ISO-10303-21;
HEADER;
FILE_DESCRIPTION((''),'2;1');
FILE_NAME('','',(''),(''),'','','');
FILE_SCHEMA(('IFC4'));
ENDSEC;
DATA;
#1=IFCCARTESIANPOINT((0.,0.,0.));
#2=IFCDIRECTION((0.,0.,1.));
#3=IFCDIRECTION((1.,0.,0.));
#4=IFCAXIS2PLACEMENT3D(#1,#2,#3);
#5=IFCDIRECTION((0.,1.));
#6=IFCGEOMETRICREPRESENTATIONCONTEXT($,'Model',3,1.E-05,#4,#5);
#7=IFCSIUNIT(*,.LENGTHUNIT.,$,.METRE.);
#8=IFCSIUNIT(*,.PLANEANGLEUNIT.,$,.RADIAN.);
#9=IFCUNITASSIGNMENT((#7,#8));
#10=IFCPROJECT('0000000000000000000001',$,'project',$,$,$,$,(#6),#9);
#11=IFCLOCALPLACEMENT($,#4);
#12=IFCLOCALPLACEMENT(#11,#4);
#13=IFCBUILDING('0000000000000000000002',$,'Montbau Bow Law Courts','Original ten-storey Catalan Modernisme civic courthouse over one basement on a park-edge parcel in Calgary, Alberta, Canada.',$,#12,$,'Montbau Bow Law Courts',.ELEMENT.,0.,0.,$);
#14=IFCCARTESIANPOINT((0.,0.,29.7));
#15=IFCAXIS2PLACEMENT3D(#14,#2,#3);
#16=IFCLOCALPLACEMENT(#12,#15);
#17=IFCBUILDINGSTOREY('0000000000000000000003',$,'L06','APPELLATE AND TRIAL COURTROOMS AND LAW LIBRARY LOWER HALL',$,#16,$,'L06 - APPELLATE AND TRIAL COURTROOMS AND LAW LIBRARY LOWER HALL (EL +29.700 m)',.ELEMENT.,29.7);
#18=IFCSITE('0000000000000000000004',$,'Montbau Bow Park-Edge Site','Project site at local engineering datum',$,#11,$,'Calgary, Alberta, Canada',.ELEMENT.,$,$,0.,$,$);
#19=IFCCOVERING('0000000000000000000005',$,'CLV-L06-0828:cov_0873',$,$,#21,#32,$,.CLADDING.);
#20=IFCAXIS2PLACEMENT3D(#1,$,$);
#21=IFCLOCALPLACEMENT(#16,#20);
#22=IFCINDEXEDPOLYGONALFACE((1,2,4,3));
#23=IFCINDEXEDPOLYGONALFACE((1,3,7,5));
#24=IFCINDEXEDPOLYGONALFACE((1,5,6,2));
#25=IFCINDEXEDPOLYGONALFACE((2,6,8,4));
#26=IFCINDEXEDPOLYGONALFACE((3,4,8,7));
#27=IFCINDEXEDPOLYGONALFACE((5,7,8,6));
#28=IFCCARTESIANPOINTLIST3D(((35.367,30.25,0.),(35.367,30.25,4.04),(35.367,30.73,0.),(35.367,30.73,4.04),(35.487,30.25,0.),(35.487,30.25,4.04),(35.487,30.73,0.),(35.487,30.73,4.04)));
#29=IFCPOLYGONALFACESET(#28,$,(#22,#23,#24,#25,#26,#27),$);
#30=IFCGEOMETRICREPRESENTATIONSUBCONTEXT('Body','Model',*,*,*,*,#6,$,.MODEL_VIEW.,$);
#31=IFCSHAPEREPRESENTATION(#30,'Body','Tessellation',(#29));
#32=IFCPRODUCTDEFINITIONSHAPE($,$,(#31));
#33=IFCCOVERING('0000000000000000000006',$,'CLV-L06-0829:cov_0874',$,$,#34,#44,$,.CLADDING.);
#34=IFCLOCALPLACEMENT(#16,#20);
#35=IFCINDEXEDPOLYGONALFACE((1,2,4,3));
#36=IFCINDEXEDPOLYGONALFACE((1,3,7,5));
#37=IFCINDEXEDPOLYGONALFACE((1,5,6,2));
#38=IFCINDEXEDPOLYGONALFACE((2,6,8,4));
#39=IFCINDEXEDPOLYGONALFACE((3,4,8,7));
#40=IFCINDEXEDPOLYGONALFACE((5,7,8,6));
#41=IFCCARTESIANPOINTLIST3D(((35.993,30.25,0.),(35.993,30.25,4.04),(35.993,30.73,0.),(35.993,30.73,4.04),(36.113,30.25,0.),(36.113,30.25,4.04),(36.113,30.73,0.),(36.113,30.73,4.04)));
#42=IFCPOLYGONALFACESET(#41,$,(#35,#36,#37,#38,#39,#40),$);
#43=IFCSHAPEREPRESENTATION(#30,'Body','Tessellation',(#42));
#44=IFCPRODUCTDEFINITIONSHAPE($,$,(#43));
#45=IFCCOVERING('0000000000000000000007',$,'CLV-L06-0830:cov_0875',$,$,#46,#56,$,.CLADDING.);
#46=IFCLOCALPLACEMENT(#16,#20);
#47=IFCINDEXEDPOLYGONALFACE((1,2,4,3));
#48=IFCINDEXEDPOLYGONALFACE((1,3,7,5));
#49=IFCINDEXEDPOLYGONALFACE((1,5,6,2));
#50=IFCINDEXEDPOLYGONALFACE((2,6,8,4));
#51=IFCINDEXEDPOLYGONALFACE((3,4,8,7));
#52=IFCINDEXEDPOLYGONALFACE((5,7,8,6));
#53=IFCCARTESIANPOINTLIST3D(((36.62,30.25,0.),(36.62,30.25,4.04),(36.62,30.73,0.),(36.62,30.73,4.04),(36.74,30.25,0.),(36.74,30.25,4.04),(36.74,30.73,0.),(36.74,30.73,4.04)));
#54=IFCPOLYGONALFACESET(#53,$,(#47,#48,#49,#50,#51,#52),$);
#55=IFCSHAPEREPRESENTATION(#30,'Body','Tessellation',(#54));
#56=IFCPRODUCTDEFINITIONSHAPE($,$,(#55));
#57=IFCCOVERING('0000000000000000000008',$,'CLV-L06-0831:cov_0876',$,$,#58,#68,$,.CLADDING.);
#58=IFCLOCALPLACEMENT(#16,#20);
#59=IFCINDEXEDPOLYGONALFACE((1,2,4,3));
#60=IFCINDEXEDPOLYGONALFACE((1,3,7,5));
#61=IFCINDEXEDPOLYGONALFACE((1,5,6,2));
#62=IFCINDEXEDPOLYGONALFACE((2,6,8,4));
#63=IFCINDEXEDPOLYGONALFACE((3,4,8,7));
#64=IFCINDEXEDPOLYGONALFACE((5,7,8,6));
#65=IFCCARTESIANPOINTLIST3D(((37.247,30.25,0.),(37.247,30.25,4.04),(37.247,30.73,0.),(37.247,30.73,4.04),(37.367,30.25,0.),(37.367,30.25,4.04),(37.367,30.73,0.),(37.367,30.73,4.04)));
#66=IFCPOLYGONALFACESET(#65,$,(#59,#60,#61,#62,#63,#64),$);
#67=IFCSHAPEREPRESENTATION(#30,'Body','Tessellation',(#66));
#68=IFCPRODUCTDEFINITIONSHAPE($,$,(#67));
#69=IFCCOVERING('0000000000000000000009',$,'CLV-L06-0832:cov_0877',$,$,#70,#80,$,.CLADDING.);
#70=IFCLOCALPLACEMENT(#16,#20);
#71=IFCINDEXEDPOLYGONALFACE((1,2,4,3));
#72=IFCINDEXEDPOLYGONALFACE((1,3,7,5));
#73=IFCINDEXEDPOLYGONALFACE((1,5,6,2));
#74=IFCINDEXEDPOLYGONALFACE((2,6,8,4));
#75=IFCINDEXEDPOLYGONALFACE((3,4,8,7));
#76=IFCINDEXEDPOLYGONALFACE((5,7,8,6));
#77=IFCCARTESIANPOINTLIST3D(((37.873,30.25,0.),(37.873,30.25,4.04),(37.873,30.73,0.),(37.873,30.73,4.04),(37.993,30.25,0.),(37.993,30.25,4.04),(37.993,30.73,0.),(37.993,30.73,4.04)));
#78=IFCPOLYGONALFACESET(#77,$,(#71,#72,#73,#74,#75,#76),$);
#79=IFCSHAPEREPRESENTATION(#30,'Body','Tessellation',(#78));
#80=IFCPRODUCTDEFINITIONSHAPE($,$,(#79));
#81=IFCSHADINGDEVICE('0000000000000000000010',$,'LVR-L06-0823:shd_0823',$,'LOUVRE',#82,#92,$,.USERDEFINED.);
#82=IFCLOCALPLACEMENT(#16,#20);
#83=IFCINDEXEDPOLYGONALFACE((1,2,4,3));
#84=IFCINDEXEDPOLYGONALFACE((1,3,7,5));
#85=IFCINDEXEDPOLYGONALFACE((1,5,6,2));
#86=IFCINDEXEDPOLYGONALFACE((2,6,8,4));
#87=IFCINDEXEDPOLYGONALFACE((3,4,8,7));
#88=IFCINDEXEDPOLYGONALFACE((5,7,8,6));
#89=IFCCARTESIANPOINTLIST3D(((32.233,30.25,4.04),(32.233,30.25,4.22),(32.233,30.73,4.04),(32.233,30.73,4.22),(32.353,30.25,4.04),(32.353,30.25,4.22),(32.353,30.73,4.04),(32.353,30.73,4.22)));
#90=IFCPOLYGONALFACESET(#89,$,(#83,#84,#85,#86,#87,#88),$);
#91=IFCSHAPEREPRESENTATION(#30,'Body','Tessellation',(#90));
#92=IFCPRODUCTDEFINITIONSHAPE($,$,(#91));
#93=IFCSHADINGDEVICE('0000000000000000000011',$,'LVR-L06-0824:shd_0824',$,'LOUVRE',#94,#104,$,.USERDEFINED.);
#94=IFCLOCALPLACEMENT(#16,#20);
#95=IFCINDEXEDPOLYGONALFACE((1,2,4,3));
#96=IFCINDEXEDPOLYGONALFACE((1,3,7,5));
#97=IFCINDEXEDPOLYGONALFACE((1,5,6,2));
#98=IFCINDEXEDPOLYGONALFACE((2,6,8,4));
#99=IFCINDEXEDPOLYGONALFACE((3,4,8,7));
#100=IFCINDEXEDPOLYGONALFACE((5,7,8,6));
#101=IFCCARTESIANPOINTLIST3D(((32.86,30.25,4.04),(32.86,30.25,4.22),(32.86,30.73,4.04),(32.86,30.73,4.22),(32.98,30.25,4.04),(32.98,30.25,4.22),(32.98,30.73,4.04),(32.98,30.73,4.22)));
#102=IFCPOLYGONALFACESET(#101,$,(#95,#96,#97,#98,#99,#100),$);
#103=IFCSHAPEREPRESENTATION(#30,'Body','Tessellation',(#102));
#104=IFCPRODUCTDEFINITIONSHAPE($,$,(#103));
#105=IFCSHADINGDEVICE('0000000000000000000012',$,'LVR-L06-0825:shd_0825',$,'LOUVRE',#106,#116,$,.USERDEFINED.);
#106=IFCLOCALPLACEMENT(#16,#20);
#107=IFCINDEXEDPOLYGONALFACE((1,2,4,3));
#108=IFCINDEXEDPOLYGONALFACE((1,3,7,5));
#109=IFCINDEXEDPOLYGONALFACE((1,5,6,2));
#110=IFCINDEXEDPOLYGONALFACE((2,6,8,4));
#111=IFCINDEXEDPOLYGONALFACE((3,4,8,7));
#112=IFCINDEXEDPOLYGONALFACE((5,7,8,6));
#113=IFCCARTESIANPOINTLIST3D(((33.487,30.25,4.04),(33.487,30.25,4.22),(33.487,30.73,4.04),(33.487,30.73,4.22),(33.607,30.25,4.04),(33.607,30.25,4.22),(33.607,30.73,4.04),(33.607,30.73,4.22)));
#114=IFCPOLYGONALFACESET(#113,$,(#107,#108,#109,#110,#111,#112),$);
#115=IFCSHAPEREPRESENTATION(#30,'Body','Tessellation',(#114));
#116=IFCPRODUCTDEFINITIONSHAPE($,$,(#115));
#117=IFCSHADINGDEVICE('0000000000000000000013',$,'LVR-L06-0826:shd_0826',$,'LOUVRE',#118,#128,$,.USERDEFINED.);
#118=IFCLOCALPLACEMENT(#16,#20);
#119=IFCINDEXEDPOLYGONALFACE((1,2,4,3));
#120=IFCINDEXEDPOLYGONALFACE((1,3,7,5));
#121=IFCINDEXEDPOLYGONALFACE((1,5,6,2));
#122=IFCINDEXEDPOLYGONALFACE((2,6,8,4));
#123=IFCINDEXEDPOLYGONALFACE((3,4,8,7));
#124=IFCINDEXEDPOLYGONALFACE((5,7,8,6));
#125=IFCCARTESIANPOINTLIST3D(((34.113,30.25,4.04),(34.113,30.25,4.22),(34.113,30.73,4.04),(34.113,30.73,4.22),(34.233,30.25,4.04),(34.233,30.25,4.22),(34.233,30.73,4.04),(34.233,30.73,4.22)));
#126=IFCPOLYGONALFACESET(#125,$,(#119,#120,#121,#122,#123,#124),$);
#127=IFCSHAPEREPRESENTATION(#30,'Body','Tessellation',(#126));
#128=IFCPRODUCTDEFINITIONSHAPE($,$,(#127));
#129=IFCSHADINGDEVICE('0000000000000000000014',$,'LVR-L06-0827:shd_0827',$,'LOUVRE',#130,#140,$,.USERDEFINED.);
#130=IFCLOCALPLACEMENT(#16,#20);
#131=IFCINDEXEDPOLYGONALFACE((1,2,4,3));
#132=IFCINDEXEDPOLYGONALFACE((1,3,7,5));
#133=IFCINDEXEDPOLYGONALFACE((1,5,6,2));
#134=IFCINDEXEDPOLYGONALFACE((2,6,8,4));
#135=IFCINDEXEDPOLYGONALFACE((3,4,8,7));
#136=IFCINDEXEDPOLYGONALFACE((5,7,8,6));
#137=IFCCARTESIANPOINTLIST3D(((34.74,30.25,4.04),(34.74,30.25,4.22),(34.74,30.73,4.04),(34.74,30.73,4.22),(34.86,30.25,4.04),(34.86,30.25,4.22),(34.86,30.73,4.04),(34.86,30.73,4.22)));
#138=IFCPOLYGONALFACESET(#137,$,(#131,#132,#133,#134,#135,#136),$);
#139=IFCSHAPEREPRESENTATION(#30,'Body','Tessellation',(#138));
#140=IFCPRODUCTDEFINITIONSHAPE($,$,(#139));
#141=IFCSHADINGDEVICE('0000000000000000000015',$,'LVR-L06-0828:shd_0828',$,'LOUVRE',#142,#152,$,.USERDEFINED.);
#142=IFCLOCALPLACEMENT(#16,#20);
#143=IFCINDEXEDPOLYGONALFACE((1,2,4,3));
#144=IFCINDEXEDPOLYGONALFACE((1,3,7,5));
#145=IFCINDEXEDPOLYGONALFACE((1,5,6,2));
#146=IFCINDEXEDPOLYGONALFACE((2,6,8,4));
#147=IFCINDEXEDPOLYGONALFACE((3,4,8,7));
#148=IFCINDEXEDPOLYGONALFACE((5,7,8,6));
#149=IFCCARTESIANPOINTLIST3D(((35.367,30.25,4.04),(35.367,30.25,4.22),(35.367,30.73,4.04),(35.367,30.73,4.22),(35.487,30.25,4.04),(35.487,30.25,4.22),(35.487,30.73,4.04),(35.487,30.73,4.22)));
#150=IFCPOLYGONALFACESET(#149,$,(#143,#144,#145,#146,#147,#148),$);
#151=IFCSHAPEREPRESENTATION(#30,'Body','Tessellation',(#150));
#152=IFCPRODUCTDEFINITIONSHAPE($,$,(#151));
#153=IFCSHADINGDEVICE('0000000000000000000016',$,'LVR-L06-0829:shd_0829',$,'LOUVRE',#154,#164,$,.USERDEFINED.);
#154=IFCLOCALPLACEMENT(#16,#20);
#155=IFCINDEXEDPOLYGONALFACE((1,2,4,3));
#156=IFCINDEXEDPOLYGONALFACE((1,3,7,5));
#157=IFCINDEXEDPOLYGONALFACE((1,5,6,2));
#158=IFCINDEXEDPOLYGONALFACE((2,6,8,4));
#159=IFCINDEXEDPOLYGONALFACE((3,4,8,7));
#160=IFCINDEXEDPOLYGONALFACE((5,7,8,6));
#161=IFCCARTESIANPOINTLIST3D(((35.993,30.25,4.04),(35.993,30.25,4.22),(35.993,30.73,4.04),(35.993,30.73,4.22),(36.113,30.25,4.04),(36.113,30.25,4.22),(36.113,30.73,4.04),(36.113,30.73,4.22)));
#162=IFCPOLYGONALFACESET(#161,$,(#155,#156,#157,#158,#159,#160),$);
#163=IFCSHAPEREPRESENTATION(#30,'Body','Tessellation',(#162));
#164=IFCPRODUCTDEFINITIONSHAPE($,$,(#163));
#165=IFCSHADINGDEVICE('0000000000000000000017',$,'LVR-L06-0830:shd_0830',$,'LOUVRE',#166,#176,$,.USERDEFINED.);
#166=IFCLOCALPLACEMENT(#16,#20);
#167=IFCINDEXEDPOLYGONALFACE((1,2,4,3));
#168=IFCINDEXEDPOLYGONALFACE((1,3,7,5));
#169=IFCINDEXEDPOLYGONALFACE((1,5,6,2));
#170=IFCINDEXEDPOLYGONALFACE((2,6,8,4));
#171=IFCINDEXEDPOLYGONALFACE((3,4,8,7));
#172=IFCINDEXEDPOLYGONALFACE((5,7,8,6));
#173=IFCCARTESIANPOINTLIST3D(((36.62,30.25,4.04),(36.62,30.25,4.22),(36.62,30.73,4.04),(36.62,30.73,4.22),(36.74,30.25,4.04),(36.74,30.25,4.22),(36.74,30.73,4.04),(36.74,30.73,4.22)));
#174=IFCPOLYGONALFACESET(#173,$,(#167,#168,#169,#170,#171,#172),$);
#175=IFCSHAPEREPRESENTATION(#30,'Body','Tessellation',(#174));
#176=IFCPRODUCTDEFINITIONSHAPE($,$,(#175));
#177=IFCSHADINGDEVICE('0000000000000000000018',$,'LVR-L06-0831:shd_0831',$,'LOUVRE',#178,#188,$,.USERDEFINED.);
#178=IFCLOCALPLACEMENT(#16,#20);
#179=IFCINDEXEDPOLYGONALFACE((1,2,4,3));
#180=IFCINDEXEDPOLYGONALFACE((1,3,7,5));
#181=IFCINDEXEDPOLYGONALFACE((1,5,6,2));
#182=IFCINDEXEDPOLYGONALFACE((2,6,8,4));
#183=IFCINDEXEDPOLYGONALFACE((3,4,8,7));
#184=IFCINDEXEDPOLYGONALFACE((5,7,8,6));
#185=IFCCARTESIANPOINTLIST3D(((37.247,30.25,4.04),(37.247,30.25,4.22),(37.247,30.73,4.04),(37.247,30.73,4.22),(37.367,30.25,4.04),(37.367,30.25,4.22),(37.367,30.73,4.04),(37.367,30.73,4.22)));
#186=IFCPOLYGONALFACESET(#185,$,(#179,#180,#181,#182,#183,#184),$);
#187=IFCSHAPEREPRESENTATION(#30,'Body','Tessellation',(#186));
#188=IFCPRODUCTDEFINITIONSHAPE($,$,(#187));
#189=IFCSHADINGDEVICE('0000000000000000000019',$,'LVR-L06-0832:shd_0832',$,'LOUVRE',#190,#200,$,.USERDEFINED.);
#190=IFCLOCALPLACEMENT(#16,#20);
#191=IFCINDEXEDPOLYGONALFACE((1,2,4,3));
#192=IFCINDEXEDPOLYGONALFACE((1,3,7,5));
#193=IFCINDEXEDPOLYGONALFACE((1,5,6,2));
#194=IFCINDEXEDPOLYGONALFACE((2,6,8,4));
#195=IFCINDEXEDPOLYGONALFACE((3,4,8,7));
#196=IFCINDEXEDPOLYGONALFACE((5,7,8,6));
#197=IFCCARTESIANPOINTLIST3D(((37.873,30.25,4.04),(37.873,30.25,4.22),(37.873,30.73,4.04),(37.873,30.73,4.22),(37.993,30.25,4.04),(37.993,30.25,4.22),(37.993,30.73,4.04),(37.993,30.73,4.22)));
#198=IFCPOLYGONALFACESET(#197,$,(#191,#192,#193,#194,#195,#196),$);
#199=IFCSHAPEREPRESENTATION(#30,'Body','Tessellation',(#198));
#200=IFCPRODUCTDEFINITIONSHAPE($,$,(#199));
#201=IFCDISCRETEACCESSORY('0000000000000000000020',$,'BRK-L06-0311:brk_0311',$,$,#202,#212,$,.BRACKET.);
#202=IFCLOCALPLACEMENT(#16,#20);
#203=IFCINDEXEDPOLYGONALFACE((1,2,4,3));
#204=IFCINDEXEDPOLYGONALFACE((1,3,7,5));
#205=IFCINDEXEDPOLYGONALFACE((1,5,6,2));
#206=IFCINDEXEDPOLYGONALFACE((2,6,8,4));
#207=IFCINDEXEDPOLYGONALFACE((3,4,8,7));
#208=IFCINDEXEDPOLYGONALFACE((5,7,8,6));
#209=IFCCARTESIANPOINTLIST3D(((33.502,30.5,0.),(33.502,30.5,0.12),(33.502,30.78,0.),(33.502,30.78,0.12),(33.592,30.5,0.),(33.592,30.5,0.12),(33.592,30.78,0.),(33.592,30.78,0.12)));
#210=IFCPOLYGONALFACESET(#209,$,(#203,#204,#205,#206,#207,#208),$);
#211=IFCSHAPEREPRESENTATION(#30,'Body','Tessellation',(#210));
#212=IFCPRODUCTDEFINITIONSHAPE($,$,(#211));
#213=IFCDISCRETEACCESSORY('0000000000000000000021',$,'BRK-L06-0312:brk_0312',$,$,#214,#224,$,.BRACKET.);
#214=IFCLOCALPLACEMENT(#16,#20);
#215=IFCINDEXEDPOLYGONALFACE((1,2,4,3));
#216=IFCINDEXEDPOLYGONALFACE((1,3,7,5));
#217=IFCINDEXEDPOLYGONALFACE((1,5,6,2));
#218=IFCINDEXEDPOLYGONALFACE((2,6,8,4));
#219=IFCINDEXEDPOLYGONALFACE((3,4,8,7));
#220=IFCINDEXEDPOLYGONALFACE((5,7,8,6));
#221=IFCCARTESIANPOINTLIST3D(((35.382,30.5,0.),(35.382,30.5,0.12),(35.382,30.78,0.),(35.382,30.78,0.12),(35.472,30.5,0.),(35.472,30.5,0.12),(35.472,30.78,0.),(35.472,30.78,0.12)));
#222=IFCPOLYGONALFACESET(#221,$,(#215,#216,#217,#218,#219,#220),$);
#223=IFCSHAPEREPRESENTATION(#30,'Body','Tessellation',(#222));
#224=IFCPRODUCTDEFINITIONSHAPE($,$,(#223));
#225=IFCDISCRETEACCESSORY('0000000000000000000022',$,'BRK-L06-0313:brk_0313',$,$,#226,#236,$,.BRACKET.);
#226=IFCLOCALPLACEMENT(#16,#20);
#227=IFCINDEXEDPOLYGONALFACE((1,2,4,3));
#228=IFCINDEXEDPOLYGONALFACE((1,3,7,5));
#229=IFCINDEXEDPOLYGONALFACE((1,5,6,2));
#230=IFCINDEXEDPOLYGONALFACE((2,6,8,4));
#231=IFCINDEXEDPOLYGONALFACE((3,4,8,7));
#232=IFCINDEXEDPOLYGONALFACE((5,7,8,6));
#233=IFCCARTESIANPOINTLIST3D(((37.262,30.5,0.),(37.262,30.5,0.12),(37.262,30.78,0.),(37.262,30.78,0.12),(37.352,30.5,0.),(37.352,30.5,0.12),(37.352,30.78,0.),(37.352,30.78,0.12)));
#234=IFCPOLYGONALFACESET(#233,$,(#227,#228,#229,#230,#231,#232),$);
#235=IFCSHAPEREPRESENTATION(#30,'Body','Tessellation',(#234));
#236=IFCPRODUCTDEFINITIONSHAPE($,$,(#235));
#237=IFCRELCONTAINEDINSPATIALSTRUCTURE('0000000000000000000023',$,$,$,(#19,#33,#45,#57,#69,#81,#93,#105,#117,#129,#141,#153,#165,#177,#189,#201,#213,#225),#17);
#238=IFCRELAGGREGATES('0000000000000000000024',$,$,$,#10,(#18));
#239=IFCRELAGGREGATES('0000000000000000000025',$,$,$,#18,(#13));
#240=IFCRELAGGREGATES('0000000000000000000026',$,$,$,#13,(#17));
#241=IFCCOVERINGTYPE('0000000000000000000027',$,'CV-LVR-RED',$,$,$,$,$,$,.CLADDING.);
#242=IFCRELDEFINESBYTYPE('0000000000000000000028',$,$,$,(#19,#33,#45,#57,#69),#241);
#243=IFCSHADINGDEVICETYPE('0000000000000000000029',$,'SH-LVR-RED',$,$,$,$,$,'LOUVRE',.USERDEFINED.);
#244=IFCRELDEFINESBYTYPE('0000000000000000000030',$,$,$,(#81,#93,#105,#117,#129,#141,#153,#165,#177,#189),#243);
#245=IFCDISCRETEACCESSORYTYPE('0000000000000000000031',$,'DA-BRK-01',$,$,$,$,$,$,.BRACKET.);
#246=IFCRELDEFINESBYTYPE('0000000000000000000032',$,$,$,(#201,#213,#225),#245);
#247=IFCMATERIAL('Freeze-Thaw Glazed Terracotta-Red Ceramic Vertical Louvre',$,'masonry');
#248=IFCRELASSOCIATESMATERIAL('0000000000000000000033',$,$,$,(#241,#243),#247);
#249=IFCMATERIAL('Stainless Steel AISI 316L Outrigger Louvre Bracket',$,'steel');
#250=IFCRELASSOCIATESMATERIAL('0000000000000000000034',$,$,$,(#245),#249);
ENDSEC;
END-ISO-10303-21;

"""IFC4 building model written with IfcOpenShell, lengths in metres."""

from ifc_helpers import new_model, si_unit, direction, frame, frame_2d, origin_with_axes, origin_2d_with_axis, place, context, subcontext, project, spatial, rectangle, extrude, material, type_object, element, save


model = new_model("IFC4")

# Units and contexts
model_context = context("Model", 3, precision=1e-05, world=origin_with_axes(), true_north=direction((0.0, 1.0)))
body_context = subcontext(model_context, "Body", "Model", "MODEL_VIEW")
ifc_project = project(units=[si_unit("LENGTHUNIT", "METRE"), si_unit("PLANEANGLEUNIT", "RADIAN")], contexts=[model_context])

# Site, building, storey
site_placement = place(None, origin_with_axes())
site = spatial("IfcSite", under=ifc_project, at=site_placement, Name="Montbau Bow Park-Edge Site", Description="Project site at local engineering datum", LongName="Calgary, Alberta, Canada", CompositionType="ELEMENT", RefElevation=0.0)
building_placement = place(site_placement, origin_with_axes())
building = spatial("IfcBuilding", under=site, at=building_placement, Name="Montbau Bow Law Courts", Description="Original ten-storey Catalan Modernisme civic courthouse over one basement on a park-edge parcel in Calgary, Alberta, Canada.", LongName="Montbau Bow Law Courts", CompositionType="ELEMENT", ElevationOfRefHeight=0.0, ElevationOfTerrain=0.0)
storey_placement = place(building_placement, frame((0.0, 0.0, 29.7), z_axis=(0.0, 0.0, 1.0), x_axis=(1.0, 0.0, 0.0)))
storey = spatial("IfcBuildingStorey", under=building, at=storey_placement, Name="L06", Description="APPELLATE AND TRIAL COURTROOMS AND LAW LIBRARY LOWER HALL", LongName="L06 - APPELLATE AND TRIAL COURTROOMS AND LAW LIBRARY LOWER HALL (EL +29.700 m)", CompositionType="ELEMENT", Elevation=29.7)

# Coverings
ifc_material_1 = material(Name="Freeze-Thaw Glazed Terracotta-Red Ceramic Vertical Louvre", Category="masonry")
covering_type = type_object("IfcCoveringType", Name="CV-LVR-RED", PredefinedType="CLADDING", material=ifc_material_1)
for number, where, z_axis, x_axis, name in (
    (1, (35.427, 30.73, 29.7), (-1.0, 0.0, 0.0), (0.0, -1.0, 0.0), "CLV-L06-0828:cov_0873"),
    (2, (36.053, 30.73, 29.7), (-1.0, 0.0, 0.0), (0.0, -1.0, 0.0), "CLV-L06-0829:cov_0874"),
    (3, (36.68, 30.73, 29.7), (-1.0, 0.0, 0.0), (0.0, -1.0, 0.0), "CLV-L06-0830:cov_0875"),
    (4, (37.307, 30.73, 29.7), (-1.0, 0.0, 0.0), (0.0, -1.0, 0.0), "CLV-L06-0831:cov_0876"),
    (5, (37.933, 30.73, 29.7), (-1.0, 0.0, 0.0), (0.0, -1.0, 0.0), "CLV-L06-0832:cov_0877"),
):
    element("IfcCovering", number, at=place(None, frame(where, z_axis=z_axis, x_axis=x_axis)), inside=storey, type_object=covering_type, Name=name, PredefinedType="CLADDING", context=body_context, shape_type="SweptSolid", body=[
        extrude(rectangle(XDim=0.48, YDim=4.04, at=frame_2d((0.24, 2.02), x_axis=(1.0, 0.0))), frame((0.0, 0.0, -0.06), z_axis=(0.0, 0.0, 1.0), x_axis=(1.0, 0.0, 0.0)), (0.0, 0.0, 1.0), 0.12),
    ])

# Shading devices
shading_device_type = type_object("IfcShadingDeviceType", Name="SH-LVR-RED", ElementType="LOUVRE", PredefinedType="USERDEFINED", material=ifc_material_1)
for number, where, z_axis, x_axis, name in (
    (6, (32.293, 30.49, 33.74), (0.0, 0.0, 1.0), (0.0, -1.0, 0.0), "LVR-L06-0823:shd_0823"),
    (7, (32.92, 30.49, 33.74), (0.0, 0.0, 1.0), (0.0, -1.0, 0.0), "LVR-L06-0824:shd_0824"),
    (8, (33.547, 30.49, 33.74), (0.0, 0.0, 1.0), (0.0, -1.0, 0.0), "LVR-L06-0825:shd_0825"),
    (9, (34.173, 30.49, 33.74), (0.0, 0.0, 1.0), (0.0, -1.0, 0.0), "LVR-L06-0826:shd_0826"),
    (10, (34.8, 30.49, 33.74), (0.0, 0.0, 1.0), (0.0, -1.0, 0.0), "LVR-L06-0827:shd_0827"),
    (11, (35.427, 30.49, 33.74), (0.0, 0.0, 1.0), (0.0, -1.0, 0.0), "LVR-L06-0828:shd_0828"),
    (12, (36.053, 30.49, 33.74), (0.0, 0.0, 1.0), (0.0, -1.0, 0.0), "LVR-L06-0829:shd_0829"),
    (13, (36.68, 30.49, 33.74), (0.0, 0.0, 1.0), (0.0, -1.0, 0.0), "LVR-L06-0830:shd_0830"),
    (14, (37.307, 30.49, 33.74), (0.0, 0.0, 1.0), (0.0, -1.0, 0.0), "LVR-L06-0831:shd_0831"),
    (15, (37.933, 30.49, 33.74), (0.0, 0.0, 1.0), (0.0, -1.0, 0.0), "LVR-L06-0832:shd_0832"),
):
    element("IfcShadingDevice", number, at=place(None, frame(where, z_axis=z_axis, x_axis=x_axis)), inside=storey, type_object=shading_device_type, Name=name, ObjectType="LOUVRE", PredefinedType="USERDEFINED", context=body_context, shape_type="SweptSolid", body=[
        extrude(rectangle(XDim=0.48, YDim=0.12, at=origin_2d_with_axis()), origin_with_axes(), (0.0, 0.0, 1.0), 0.18),
    ])

# Discrete accessories
ifc_material_2 = material(Name="Stainless Steel AISI 316L Outrigger Louvre Bracket", Category="steel")
discrete_accessory_type = type_object("IfcDiscreteAccessoryType", Name="DA-BRK-01", PredefinedType="BRACKET", material=ifc_material_2)
for number, where, z_axis, x_axis, name in (
    (16, (33.547, 30.64, 29.7), (0.0, 0.0, 1.0), (0.0, -1.0, 0.0), "BRK-L06-0311:brk_0311"),
    (17, (35.427, 30.64, 29.7), (0.0, 0.0, 1.0), (0.0, -1.0, 0.0), "BRK-L06-0312:brk_0312"),
    (18, (37.307, 30.64, 29.7), (0.0, 0.0, 1.0), (0.0, -1.0, 0.0), "BRK-L06-0313:brk_0313"),
):
    element("IfcDiscreteAccessory", number, at=place(None, frame(where, z_axis=z_axis, x_axis=x_axis)), inside=storey, type_object=discrete_accessory_type, Name=name, PredefinedType="BRACKET", context=body_context, shape_type="SweptSolid", body=[
        extrude(rectangle(XDim=0.28, YDim=0.09, at=origin_2d_with_axis()), origin_with_axes(), (0.0, 0.0, 1.0), 0.12),
    ])

save(model, "model.ifc")
